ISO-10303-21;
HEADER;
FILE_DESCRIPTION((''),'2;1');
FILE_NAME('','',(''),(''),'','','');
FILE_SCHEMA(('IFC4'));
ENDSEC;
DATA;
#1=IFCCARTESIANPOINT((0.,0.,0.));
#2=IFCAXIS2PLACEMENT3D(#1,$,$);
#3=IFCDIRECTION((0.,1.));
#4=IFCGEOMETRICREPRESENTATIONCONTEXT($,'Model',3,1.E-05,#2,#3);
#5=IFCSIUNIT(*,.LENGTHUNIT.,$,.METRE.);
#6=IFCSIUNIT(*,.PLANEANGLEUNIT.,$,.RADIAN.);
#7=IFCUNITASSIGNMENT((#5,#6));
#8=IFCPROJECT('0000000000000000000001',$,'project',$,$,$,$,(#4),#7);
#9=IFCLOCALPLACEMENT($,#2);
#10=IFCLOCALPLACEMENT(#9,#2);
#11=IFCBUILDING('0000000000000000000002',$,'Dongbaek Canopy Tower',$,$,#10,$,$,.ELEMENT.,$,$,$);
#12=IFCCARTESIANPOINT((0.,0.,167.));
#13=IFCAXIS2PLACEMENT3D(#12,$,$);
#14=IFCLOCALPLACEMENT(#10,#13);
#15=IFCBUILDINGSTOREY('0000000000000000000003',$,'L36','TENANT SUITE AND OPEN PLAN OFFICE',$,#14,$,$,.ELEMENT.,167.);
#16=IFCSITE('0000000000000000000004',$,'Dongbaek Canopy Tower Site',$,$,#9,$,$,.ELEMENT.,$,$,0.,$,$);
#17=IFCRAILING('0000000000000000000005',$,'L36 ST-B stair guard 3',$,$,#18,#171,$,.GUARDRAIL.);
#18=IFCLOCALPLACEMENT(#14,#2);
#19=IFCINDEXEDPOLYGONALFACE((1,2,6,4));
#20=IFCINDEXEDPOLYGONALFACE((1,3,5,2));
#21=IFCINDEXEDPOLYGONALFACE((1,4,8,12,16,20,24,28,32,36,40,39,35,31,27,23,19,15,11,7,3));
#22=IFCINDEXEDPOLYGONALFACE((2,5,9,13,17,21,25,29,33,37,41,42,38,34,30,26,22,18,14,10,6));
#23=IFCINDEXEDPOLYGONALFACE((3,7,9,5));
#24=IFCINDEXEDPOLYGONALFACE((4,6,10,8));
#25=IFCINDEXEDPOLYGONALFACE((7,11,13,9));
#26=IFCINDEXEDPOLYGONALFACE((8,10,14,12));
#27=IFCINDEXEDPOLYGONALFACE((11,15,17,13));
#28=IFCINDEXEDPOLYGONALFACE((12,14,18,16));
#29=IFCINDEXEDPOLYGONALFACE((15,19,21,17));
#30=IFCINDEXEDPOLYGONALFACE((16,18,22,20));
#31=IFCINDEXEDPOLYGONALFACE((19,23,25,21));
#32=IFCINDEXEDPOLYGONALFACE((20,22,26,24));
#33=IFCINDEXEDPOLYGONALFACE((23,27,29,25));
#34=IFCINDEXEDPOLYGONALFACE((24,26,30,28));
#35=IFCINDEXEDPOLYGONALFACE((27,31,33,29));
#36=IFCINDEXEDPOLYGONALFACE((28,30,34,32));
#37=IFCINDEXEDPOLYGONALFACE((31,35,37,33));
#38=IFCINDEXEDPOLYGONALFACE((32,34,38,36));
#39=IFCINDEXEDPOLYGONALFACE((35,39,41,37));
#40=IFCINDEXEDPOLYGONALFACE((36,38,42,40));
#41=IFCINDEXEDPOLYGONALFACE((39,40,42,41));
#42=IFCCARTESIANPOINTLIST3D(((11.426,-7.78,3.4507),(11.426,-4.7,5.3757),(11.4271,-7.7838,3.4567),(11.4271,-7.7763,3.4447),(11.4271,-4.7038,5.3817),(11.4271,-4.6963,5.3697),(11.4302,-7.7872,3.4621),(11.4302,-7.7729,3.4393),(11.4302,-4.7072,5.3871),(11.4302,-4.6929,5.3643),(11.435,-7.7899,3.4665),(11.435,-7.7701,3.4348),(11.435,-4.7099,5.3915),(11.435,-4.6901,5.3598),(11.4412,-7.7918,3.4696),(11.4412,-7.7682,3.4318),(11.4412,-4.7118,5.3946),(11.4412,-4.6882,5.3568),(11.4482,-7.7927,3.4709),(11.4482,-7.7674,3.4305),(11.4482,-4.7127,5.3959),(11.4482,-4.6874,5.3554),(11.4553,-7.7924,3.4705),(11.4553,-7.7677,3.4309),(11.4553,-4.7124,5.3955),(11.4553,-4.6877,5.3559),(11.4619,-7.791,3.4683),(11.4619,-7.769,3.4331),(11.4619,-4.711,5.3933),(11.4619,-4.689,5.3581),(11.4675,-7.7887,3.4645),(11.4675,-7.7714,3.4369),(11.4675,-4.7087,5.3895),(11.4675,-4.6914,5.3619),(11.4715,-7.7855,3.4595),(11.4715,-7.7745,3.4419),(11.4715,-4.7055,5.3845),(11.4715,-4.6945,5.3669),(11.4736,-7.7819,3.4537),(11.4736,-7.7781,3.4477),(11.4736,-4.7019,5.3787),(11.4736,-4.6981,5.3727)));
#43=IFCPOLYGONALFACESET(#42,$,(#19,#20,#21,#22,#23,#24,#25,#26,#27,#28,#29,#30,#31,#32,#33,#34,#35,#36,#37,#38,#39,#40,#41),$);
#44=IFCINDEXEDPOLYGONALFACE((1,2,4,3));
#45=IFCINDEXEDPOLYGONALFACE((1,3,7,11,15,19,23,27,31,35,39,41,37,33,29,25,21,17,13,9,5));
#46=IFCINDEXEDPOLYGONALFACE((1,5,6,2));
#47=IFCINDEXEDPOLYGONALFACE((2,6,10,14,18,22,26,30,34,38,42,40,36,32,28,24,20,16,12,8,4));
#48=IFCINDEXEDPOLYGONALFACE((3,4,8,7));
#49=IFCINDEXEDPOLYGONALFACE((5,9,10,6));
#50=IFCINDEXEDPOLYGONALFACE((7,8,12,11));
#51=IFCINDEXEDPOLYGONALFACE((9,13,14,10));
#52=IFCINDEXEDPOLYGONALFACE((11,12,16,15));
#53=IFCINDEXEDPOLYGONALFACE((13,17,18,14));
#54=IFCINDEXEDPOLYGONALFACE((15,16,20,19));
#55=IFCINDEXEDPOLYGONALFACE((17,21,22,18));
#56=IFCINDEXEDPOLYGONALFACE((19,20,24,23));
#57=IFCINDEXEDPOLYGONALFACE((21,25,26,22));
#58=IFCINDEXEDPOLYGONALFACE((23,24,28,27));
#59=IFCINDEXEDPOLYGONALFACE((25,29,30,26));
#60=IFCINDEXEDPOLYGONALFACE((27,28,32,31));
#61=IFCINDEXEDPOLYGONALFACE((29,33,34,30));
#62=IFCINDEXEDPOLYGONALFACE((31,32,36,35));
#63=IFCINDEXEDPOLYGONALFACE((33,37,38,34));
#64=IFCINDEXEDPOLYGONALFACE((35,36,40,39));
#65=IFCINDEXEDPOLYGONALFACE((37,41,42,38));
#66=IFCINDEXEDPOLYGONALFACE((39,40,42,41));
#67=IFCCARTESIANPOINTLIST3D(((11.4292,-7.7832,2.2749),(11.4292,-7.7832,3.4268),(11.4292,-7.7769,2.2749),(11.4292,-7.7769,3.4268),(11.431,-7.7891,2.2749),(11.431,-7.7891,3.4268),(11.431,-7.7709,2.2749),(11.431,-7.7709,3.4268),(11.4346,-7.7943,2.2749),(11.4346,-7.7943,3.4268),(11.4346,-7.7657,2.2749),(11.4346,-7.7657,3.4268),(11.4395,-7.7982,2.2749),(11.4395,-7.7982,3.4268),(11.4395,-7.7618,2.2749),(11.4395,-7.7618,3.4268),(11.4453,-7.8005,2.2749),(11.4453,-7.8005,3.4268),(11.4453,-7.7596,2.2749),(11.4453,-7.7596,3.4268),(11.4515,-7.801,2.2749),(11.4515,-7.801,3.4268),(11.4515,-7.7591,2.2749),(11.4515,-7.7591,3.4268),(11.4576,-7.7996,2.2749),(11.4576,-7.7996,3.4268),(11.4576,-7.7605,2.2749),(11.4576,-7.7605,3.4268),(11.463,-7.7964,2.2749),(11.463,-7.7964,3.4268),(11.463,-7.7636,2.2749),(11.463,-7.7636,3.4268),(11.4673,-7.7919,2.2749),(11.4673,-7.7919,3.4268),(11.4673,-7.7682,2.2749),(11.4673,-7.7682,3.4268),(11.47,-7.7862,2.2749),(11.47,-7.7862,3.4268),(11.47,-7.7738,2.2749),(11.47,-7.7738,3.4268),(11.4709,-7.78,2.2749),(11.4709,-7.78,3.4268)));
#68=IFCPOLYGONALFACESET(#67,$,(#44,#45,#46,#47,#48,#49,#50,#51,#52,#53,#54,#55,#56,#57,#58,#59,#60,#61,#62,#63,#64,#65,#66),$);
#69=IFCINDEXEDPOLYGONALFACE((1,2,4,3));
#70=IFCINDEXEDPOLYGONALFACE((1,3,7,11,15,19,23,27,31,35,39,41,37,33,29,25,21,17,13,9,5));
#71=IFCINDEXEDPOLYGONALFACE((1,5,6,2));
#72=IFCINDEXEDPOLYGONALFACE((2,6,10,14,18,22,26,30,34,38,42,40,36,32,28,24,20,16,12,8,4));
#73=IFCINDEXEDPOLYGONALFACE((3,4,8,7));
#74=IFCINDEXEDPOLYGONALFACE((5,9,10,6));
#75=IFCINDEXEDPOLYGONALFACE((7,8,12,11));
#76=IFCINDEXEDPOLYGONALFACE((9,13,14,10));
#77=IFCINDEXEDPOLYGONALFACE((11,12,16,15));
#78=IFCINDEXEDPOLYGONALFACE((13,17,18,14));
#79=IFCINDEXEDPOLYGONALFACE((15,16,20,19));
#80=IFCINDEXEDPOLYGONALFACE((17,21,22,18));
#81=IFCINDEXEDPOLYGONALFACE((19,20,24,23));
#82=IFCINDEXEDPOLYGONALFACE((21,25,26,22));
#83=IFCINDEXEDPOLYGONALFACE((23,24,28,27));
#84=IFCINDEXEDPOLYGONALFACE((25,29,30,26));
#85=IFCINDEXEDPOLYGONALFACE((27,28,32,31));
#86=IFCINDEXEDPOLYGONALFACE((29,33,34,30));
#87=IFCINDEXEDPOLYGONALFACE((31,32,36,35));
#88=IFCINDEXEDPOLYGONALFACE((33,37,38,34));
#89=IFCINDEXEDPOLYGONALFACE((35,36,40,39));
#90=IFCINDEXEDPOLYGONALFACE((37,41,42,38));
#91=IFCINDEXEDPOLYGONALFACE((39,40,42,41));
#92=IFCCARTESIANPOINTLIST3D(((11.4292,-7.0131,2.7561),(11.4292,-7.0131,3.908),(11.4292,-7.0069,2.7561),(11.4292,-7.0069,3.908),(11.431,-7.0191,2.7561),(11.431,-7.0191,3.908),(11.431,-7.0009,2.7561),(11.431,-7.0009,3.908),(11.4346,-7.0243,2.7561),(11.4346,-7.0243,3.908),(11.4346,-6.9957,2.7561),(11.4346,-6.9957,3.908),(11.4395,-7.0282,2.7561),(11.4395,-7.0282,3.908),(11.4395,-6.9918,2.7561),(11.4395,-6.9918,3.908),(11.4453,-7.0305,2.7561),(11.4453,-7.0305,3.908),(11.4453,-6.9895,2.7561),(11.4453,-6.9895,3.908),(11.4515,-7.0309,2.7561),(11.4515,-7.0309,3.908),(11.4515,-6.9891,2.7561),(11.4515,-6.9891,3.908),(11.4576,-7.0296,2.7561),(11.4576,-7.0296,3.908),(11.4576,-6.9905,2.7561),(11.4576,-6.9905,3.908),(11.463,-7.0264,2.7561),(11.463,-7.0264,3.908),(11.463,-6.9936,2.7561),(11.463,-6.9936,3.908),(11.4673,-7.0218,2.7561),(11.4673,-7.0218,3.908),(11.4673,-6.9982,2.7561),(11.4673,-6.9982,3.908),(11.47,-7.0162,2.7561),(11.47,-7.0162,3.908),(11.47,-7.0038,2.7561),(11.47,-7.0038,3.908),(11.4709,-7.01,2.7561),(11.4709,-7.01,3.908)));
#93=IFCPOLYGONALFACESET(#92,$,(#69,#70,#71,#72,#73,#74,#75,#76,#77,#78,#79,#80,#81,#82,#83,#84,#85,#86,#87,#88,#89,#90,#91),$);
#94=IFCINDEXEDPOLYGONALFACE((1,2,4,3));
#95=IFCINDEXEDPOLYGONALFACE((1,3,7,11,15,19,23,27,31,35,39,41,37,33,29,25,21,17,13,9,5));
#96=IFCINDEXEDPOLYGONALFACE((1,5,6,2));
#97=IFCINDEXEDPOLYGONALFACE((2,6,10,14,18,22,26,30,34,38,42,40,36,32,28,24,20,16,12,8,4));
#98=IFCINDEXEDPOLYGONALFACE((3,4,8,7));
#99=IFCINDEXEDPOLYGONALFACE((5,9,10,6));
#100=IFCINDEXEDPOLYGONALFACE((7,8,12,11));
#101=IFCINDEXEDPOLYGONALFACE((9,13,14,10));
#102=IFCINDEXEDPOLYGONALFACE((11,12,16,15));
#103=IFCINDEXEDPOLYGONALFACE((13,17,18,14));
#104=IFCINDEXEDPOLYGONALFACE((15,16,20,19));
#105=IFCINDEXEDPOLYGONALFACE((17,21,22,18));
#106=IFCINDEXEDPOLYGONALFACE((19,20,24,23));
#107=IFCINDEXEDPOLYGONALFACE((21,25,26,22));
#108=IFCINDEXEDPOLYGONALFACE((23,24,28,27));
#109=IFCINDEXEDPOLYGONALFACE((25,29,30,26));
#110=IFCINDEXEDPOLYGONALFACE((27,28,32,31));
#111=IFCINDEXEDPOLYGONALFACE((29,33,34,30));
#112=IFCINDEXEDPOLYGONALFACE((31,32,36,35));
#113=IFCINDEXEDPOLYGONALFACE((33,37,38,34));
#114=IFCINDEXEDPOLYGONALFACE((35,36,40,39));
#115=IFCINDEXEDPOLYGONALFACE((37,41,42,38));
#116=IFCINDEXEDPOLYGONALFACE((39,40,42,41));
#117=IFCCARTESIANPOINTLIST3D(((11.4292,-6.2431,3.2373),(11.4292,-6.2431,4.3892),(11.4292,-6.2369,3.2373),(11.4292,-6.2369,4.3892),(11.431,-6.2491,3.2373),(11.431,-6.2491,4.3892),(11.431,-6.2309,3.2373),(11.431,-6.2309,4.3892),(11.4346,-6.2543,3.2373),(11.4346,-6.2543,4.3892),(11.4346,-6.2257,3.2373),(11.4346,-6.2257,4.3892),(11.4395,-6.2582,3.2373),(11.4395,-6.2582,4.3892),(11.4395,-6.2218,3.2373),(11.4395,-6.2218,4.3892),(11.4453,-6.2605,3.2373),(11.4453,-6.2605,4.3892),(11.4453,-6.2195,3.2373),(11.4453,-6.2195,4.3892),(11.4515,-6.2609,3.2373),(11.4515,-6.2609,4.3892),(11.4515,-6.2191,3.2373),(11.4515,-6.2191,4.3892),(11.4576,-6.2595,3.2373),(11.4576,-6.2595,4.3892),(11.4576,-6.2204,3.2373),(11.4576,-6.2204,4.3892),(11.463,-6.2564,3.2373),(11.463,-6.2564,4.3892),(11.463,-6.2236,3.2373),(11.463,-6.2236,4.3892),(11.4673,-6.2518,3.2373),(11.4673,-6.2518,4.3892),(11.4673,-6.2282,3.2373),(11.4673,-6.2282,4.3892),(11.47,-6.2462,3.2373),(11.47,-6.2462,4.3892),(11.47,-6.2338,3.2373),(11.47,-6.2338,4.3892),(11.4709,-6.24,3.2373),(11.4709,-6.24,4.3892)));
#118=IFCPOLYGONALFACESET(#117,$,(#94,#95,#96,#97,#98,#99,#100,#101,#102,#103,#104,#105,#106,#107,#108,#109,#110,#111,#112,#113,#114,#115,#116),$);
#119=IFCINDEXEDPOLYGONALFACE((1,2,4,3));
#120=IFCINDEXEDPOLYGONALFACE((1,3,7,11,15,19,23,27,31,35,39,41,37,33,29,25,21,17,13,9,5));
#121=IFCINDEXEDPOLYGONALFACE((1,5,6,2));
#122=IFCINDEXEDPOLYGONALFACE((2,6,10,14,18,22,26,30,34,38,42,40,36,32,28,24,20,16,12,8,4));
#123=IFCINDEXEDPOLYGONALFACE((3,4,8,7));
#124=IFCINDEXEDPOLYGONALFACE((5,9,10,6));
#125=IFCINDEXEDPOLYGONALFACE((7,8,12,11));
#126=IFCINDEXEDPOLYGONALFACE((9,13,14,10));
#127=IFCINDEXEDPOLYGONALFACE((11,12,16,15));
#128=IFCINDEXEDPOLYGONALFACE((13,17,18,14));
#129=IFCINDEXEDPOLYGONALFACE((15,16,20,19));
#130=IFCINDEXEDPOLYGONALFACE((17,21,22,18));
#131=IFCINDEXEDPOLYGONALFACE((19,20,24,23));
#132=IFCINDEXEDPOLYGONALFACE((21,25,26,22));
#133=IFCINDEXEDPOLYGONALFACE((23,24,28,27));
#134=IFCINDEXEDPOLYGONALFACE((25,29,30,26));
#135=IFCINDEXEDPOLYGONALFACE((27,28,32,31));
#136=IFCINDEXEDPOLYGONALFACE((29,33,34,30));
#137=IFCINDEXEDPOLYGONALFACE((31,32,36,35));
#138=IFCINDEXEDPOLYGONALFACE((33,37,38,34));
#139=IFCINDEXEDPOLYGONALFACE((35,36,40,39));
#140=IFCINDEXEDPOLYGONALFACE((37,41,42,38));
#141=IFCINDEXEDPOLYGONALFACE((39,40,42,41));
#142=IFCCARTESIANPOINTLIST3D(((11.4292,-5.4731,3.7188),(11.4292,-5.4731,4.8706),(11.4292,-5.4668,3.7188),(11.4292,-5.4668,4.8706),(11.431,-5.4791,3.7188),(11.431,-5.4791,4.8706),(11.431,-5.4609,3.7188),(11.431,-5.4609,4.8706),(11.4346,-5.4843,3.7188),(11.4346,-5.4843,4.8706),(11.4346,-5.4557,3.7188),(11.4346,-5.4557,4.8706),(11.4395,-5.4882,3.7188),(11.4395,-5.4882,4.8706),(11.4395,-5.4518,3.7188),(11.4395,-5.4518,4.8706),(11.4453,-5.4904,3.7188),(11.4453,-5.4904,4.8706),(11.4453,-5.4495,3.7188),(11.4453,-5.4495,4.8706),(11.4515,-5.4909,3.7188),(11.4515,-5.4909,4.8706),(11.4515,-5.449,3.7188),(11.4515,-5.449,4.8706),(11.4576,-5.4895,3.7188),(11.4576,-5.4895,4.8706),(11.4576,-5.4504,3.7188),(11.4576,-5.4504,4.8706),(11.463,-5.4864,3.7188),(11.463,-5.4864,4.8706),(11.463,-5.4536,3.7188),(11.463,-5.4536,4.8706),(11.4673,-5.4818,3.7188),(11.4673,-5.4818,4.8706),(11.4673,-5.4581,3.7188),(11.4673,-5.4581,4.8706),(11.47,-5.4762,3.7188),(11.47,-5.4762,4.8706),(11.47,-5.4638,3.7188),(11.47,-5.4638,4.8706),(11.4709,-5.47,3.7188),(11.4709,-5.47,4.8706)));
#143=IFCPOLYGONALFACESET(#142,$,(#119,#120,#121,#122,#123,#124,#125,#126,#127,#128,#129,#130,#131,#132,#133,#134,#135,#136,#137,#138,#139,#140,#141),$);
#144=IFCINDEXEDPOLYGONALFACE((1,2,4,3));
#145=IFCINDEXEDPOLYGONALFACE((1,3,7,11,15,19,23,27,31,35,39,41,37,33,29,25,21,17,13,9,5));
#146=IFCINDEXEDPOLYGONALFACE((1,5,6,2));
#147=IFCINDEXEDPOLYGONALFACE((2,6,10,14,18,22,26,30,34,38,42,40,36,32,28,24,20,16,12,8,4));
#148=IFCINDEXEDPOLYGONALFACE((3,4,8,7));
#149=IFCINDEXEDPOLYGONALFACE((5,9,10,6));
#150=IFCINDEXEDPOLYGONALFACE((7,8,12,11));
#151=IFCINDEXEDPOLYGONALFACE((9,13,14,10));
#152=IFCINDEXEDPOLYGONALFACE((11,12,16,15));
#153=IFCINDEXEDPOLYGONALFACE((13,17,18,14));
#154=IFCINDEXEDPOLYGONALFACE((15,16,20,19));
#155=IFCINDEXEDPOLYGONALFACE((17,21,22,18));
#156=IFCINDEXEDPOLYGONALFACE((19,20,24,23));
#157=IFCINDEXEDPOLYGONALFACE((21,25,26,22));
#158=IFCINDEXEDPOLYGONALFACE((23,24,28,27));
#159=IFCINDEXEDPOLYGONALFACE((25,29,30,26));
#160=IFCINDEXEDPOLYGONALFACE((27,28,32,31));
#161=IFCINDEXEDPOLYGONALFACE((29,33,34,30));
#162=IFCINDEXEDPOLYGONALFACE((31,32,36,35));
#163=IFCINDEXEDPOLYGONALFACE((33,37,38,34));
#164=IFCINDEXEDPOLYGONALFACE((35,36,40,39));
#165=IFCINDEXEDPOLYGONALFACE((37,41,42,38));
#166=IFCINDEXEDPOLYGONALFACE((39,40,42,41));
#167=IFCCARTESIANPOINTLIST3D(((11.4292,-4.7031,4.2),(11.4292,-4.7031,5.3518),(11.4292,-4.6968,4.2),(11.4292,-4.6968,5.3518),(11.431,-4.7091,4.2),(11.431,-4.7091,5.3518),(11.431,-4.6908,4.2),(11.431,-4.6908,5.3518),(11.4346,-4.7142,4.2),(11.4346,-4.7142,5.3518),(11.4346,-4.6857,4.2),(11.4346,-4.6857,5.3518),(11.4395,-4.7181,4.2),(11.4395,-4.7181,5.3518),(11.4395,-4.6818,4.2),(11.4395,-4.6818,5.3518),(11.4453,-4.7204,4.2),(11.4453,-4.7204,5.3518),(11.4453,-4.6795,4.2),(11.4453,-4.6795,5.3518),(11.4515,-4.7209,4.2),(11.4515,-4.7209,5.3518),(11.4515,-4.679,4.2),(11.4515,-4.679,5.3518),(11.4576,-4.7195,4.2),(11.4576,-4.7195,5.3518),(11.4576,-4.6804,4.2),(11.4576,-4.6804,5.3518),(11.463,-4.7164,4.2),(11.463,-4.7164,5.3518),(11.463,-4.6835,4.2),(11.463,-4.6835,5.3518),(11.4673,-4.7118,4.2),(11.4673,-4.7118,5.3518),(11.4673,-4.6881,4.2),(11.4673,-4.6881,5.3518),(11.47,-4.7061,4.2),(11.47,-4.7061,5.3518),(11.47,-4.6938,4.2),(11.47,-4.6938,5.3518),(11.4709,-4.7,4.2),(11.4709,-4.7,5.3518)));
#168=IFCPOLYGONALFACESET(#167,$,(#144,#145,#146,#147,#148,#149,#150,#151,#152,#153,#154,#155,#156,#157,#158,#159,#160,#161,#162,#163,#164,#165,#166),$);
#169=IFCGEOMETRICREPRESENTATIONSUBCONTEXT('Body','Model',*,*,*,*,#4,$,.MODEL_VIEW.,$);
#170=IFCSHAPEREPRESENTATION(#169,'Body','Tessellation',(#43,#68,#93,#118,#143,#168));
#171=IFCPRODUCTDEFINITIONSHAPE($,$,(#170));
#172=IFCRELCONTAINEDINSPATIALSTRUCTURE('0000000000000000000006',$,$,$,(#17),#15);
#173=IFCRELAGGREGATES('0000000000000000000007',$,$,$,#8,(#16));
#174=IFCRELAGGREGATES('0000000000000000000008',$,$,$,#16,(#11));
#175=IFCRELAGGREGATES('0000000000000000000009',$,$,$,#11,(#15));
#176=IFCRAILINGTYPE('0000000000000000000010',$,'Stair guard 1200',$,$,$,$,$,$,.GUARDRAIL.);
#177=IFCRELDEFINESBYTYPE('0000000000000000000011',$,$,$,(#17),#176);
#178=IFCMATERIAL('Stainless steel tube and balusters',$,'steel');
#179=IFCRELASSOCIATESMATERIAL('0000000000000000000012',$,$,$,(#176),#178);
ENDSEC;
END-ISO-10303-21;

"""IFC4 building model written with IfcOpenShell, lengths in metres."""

from ifc_helpers import new_model, si_unit, direction, frame, origin, origin_2d, place, context, subcontext, project, spatial, circle, extrude, material, type_object, element, save


model = new_model("IFC4")

# Units and contexts
model_context = context("Model", 3, precision=1e-05, world=origin(), true_north=direction((0.0, 1.0)))
body_context = subcontext(model_context, "Body", "Model", "MODEL_VIEW")
ifc_project = project(units=[si_unit("LENGTHUNIT", "METRE"), si_unit("PLANEANGLEUNIT", "RADIAN")], contexts=[model_context])

# Site, building, storey
site_placement = place(None, origin())
site = spatial("IfcSite", under=ifc_project, at=site_placement, Name="Dongbaek Canopy Tower Site", CompositionType="ELEMENT", RefElevation=0.0)
building_placement = place(site_placement, origin())
building = spatial("IfcBuilding", under=site, at=building_placement, Name="Dongbaek Canopy Tower", CompositionType="ELEMENT")
storey_placement = place(building_placement, frame((0.0, 0.0, 167.0)))
storey = spatial("IfcBuildingStorey", under=building, at=storey_placement, Name="L36", Description="TENANT SUITE AND OPEN PLAN OFFICE", CompositionType="ELEMENT", Elevation=167.0)

# Railing
ifc_material_1 = material(Name="Stainless steel tube and balusters", Category="steel")
railing_type_1 = type_object("IfcRailingType", Name="Stair guard 1200", PredefinedType="GUARDRAIL", material=ifc_material_1)
railing_1_placement = place(storey_placement, frame((11.45, -7.78, 2.2749)))
element("IfcRailing", 1, at=railing_1_placement, inside=storey, type_object=railing_type_1, Name="L36 ST-B stair guard 3", PredefinedType="GUARDRAIL", context=body_context, shape_type="SweptSolid", body=[
    extrude(circle(Radius=0.0239, at=origin_2d()), frame((0.0, 0.0, 1.1758), z_axis=(0.0, 0.847998, 0.529999), x_axis=(-1.0, 0.0, 0.0)), (0.0, 0.0, 1.0), 3.6321),
    extrude(circle(Radius=0.021, at=origin_2d()), origin(), (0.0, 0.0, 1.0), 1.1519),
    extrude(circle(Radius=0.021, at=origin_2d()), frame((0.0, 0.77, 0.4812)), (0.0, 0.0, 1.0), 1.1519),
    extrude(circle(Radius=0.021, at=origin_2d()), frame((0.0, 1.54, 0.9624)), (0.0, 0.0, 1.0), 1.1519),
    extrude(circle(Radius=0.021, at=origin_2d()), frame((0.0, 2.3101, 1.4438)), (0.0, 0.0, 1.0), 1.1519),
    extrude(circle(Radius=0.021, at=origin_2d()), frame((0.0, 3.0801, 1.925)), (0.0, 0.0, 1.0), 1.1519),
])

save(model, "model.ifc")
